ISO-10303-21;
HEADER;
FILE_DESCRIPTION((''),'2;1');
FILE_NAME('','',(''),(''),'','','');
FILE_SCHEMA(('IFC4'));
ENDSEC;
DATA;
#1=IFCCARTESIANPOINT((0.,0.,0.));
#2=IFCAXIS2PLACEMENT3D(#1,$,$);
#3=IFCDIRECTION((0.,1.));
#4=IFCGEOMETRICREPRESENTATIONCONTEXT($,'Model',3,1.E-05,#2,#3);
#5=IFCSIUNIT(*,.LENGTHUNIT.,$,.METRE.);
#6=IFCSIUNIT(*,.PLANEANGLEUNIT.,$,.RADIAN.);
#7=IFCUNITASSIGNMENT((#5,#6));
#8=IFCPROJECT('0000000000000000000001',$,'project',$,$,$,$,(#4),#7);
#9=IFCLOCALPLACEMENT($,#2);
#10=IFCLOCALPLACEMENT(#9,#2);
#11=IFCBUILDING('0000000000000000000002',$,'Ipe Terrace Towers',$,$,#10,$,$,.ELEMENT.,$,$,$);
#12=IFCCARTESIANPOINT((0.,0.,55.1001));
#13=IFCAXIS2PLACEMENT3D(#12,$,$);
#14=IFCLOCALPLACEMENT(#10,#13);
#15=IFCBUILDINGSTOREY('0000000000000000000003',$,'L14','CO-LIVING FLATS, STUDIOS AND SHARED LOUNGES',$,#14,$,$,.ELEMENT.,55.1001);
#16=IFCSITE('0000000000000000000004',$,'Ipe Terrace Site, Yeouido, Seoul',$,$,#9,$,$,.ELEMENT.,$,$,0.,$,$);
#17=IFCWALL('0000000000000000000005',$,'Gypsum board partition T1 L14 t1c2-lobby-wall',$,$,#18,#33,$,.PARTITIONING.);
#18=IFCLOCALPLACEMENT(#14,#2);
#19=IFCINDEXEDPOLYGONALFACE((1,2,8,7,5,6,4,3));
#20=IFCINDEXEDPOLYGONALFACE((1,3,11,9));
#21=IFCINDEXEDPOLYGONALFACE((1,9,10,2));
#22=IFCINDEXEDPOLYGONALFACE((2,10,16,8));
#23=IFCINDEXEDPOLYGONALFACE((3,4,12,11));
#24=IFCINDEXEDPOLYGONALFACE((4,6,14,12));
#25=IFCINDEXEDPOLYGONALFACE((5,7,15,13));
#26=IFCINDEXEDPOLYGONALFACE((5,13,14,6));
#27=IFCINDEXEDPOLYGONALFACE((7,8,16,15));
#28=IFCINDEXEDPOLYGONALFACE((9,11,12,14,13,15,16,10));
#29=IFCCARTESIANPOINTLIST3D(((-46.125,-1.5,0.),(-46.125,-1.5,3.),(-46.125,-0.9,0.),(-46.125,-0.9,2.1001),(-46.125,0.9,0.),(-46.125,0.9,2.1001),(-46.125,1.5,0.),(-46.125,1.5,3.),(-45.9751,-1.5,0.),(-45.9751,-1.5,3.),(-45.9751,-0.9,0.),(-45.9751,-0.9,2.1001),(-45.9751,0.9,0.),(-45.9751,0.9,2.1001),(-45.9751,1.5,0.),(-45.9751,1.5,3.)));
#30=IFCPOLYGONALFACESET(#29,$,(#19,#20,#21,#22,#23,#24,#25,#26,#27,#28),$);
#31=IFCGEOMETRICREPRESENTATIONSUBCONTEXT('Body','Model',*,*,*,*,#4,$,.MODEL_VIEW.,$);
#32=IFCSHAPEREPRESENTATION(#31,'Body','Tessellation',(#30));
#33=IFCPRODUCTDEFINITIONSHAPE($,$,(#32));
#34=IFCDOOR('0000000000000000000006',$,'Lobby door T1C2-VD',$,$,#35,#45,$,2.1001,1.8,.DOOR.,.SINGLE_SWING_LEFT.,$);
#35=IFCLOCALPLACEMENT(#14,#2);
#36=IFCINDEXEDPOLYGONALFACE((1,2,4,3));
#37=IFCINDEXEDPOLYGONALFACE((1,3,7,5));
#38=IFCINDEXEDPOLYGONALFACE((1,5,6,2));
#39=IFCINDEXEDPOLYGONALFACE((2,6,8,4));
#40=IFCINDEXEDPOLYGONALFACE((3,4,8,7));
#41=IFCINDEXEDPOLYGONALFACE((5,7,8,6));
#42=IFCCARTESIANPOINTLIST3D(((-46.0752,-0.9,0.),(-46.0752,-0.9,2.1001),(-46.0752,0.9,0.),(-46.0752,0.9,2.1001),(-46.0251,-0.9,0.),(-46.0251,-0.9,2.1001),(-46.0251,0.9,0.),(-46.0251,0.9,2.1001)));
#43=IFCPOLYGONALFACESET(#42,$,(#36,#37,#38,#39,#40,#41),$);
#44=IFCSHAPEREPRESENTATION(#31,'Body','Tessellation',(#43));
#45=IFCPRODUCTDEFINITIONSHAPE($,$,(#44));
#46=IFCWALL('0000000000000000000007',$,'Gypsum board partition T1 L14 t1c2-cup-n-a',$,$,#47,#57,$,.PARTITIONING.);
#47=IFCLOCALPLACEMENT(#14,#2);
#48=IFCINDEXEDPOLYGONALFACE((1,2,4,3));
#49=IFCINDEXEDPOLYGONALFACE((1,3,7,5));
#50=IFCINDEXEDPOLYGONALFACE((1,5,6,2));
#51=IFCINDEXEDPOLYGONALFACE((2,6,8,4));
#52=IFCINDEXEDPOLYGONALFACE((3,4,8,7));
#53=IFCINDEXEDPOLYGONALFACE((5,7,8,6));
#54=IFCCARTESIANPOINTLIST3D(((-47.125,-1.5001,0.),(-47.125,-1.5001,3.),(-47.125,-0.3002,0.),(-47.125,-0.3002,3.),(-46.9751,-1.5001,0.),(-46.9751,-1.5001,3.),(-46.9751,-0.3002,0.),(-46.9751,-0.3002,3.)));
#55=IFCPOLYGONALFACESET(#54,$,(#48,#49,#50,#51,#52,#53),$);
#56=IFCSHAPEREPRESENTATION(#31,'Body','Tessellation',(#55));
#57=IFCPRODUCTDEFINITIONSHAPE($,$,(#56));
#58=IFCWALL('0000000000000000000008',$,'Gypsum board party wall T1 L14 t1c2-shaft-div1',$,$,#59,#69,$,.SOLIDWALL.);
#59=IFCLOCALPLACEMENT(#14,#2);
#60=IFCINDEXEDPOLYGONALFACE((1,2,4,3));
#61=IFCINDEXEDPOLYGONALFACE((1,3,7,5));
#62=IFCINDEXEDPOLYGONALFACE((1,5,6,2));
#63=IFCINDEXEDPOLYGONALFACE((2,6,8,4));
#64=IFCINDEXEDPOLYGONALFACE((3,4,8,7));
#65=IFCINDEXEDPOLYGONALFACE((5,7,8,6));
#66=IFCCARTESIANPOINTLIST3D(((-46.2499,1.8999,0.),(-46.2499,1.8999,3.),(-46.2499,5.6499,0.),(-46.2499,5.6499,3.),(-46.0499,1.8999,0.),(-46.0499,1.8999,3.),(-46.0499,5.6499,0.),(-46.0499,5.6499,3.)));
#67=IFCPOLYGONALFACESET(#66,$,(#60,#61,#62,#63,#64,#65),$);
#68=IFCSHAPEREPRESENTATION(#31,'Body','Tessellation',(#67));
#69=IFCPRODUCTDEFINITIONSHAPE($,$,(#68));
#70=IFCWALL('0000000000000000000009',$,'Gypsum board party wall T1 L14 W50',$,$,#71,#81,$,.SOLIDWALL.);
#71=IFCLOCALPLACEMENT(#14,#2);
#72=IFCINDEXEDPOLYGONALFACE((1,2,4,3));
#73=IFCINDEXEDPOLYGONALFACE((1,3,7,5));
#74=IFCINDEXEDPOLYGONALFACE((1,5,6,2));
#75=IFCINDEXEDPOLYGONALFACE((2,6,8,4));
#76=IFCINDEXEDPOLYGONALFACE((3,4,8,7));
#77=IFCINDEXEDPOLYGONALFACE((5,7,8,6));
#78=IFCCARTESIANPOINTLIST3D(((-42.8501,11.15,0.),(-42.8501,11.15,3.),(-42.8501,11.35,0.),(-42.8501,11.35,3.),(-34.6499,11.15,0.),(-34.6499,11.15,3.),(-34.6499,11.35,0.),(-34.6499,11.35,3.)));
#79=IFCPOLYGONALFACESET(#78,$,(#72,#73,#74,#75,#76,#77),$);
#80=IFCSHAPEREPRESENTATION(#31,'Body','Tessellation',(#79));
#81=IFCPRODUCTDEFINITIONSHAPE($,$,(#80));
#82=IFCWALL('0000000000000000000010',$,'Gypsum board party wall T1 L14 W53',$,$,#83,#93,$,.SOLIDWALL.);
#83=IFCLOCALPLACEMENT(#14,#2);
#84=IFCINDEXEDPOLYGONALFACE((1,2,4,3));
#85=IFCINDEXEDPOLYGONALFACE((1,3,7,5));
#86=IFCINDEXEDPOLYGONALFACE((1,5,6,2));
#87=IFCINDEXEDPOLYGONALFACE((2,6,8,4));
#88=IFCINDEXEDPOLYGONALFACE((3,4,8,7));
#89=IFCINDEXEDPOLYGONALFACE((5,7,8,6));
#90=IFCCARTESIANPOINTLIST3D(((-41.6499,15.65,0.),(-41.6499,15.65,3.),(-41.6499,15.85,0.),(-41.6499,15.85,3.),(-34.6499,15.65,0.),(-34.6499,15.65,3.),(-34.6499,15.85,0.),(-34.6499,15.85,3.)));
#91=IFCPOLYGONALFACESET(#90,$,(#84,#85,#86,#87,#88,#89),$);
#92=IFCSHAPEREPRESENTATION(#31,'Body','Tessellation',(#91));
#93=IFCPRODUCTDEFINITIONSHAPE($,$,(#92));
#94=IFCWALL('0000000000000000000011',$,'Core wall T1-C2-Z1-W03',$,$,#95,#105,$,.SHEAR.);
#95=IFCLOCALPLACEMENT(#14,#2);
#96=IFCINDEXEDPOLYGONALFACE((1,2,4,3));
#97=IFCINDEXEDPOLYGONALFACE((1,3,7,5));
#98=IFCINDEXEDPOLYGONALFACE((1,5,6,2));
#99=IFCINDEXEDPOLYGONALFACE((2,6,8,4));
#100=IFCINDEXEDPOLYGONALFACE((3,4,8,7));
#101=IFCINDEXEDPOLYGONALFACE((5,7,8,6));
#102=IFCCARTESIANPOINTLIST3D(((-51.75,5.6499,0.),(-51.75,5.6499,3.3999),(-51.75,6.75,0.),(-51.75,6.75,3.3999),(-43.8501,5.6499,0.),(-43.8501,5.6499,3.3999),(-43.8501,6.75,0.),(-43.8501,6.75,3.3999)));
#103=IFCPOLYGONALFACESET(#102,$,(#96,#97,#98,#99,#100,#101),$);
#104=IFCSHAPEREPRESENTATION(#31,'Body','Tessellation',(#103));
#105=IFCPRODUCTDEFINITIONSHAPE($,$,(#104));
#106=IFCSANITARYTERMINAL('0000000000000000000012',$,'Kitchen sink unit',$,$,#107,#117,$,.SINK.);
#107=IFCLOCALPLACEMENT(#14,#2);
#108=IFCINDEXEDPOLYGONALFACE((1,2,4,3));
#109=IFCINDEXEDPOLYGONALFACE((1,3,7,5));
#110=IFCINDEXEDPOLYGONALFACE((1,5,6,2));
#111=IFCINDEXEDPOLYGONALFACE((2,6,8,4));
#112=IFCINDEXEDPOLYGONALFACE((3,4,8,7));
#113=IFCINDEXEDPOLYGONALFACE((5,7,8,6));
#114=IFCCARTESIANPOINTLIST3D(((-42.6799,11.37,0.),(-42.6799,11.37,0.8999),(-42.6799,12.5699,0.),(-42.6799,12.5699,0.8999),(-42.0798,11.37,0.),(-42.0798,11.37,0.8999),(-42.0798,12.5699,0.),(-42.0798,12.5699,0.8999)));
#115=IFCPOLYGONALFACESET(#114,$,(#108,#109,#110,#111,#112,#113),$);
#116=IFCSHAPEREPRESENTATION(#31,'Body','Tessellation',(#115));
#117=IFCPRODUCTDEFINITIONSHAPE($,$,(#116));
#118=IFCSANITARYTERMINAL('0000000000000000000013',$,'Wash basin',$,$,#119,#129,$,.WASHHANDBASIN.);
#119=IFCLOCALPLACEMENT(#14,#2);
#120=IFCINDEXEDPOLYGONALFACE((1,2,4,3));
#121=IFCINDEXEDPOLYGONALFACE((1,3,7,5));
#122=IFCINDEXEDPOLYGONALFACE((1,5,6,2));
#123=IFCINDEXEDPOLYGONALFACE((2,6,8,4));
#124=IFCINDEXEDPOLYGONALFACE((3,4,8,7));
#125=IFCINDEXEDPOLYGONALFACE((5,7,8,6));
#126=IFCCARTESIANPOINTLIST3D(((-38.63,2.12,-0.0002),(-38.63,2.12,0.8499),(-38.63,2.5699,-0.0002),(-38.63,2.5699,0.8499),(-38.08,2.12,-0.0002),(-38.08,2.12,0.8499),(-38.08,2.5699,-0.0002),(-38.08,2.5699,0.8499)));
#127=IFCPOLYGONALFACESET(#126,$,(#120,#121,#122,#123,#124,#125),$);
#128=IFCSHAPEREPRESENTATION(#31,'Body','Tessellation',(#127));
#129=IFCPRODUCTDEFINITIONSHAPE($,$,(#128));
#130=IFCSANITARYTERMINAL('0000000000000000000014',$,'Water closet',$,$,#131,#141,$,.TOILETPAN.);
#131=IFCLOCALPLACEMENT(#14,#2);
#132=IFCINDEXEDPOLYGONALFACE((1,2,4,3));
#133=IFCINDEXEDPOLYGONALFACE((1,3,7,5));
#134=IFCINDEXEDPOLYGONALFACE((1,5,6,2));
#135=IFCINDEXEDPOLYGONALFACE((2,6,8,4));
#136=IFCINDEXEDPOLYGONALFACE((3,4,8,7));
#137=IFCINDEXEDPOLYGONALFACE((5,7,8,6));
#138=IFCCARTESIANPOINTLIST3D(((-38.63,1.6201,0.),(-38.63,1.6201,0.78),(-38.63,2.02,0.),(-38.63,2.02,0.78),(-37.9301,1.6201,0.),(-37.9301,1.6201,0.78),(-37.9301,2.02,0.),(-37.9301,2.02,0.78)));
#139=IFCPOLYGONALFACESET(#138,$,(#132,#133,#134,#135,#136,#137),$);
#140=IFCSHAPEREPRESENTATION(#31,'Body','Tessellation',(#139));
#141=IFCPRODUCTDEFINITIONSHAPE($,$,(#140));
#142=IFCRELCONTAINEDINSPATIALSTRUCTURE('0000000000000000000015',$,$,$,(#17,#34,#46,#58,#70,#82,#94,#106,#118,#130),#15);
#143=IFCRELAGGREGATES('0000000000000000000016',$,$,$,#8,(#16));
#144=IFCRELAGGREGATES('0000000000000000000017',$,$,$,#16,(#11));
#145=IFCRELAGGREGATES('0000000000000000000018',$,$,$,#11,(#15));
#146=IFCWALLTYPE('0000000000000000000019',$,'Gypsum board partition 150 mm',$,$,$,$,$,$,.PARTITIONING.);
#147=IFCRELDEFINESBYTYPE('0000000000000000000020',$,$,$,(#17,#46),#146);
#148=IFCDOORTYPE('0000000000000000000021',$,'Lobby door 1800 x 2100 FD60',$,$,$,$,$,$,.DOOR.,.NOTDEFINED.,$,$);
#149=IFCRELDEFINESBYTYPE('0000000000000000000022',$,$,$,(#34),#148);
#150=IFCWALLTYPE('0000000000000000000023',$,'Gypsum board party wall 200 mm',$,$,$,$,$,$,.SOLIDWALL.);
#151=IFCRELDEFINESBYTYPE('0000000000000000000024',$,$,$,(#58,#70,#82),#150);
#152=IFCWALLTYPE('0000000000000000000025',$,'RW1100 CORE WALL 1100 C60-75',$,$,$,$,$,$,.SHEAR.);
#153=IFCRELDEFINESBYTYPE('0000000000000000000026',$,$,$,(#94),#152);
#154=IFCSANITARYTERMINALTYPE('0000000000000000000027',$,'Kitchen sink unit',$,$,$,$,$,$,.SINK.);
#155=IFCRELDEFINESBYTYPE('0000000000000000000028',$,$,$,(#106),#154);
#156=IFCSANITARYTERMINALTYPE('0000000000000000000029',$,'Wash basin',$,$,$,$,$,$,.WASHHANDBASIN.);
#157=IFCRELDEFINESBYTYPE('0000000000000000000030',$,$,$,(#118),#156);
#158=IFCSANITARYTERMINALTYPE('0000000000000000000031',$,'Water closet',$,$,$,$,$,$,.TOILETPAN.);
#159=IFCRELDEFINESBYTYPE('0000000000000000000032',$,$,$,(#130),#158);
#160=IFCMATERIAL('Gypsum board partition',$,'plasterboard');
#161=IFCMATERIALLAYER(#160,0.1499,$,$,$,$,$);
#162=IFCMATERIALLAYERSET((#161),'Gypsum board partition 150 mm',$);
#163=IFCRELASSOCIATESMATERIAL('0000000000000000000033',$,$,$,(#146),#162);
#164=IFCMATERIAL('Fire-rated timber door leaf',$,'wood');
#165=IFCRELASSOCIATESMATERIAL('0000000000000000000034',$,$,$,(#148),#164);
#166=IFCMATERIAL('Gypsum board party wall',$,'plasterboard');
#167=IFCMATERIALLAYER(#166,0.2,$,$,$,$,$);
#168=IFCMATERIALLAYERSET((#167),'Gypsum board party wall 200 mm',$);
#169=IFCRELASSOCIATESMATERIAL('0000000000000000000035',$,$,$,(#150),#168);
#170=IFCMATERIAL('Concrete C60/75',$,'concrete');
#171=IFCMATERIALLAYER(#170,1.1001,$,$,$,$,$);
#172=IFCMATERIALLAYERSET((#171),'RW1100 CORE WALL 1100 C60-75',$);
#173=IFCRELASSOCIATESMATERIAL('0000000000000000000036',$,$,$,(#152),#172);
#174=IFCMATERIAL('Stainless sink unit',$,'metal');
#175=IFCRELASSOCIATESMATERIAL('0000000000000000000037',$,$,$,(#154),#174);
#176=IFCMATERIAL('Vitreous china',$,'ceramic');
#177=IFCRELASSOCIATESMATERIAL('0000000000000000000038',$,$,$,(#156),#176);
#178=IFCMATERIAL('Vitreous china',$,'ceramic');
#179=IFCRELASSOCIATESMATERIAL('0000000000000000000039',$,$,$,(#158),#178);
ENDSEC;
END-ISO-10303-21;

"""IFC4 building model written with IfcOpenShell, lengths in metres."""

from ifc_helpers import new_model, si_unit, direction, frame, frame_2d, origin, origin_2d, place, context, subcontext, project, spatial, rectangle, extrude, material, layer, layer_set, type_object, element, fill, save


model = new_model("IFC4")

# Units and contexts
model_context = context("Model", 3, precision=1e-05, world=origin(), true_north=direction((0.0, 1.0)))
body_context = subcontext(model_context, "Body", "Model", "MODEL_VIEW")
ifc_project = project(units=[si_unit("LENGTHUNIT", "METRE"), si_unit("PLANEANGLEUNIT", "RADIAN")], contexts=[model_context])

# Site, building, storey
site_placement = place(None, origin())
site = spatial("IfcSite", under=ifc_project, at=site_placement, Name="Ipe Terrace Site, Yeouido, Seoul", CompositionType="ELEMENT", RefElevation=0.0)
building_placement = place(site_placement, origin())
building = spatial("IfcBuilding", under=site, at=building_placement, Name="Ipe Terrace Towers", CompositionType="ELEMENT")
storey_placement = place(building_placement, frame((0.0, 0.0, 55.1001)))
storey = spatial("IfcBuildingStorey", under=building, at=storey_placement, Name="L14", Description="CO-LIVING FLATS, STUDIOS AND SHARED LOUNGES", CompositionType="ELEMENT", Elevation=55.1001)

# Wall, opening, door
ifc_material_1 = material(Name="Gypsum board partition", Category="plasterboard")
ifc_layer_1 = layer(ifc_material_1, 0.1499)
ifc_layer_set_1 = layer_set([ifc_layer_1], Name="Gypsum board partition 150 mm")
wall_type_1 = type_object("IfcWallType", Name="Gypsum board partition 150 mm", PredefinedType="PARTITIONING", material=ifc_layer_set_1)
wall_1_placement = place(storey_placement, frame((-46.05, 1.5, 0.0), z_axis=(0.0, 0.0, 1.0), x_axis=(0.0, -1.0, 0.0)))
wall_1 = element("IfcWall", 1, at=wall_1_placement, inside=storey, type_object=wall_type_1, Name="Gypsum board partition T1 L14 t1c2-lobby-wall", PredefinedType="PARTITIONING", context=body_context, shape_type="SweptSolid", body=[
    extrude(rectangle(XDim=3.0, YDim=0.1499, at=frame_2d((1.5, 0.0))), origin(), (0.0, 0.0, 1.0), 3.0),
])
opening_1_placement = place(wall_1_placement, frame((0.6001, 0.0, 0.0)))
opening_1 = element("IfcOpeningElement", 2, at=opening_1_placement, cuts=wall_1, PredefinedType="OPENING", context=body_context, shape_type="SweptSolid", body=[
    extrude(rectangle(XDim=1.8, YDim=2.1001, at=frame_2d((0.8999, 1.05))), frame((0.0, 0.085, 0.0), z_axis=(0.0, -1.0, 0.0), x_axis=(1.0, 0.0, 0.0)), (0.0, 0.0, 1.0), 0.1699),
])
ifc_material_2 = material(Name="Fire-rated timber door leaf", Category="wood")
door_type_1 = type_object("IfcDoorType", Name="Lobby door 1800 x 2100 FD60", OperationType="NOTDEFINED", PredefinedType="DOOR", material=ifc_material_2)
door_1_placement = place(opening_1_placement, origin())
door_1 = element("IfcDoor", 3, at=door_1_placement, inside=storey, type_object=door_type_1, Name="Lobby door T1C2-VD", OperationType="SINGLE_SWING_LEFT", OverallHeight=2.1001, OverallWidth=1.8, PredefinedType="DOOR", context=body_context, shape_type="SweptSolid", body=[
    extrude(rectangle(XDim=1.8, YDim=2.1001, at=frame_2d((0.8999, 1.05))), frame((0.0, 0.0249, 0.0), z_axis=(0.0, -1.0, 0.0), x_axis=(1.0, 0.0, 0.0)), (0.0, 0.0, 1.0), 0.05),
])
fill(opening_1, door_1)

# Walls
wall_2_placement = place(storey_placement, frame((-47.05, -0.3, 0.0), z_axis=(0.0, 0.0, 1.0), x_axis=(0.0, -1.0, 0.0)))
element("IfcWall", 4, at=wall_2_placement, inside=storey, type_object=wall_type_1, Name="Gypsum board partition T1 L14 t1c2-cup-n-a", PredefinedType="PARTITIONING", context=body_context, shape_type="SweptSolid", body=[
    extrude(rectangle(XDim=1.2, YDim=0.1499, at=frame_2d((0.6001, 0.0))), origin(), (0.0, 0.0, 1.0), 3.0),
])
ifc_material_3 = material(Name="Gypsum board party wall", Category="plasterboard")
ifc_layer_2 = layer(ifc_material_3, 0.2)
ifc_layer_set_2 = layer_set([ifc_layer_2], Name="Gypsum board party wall 200 mm")
wall_type_2 = type_object("IfcWallType", Name="Gypsum board party wall 200 mm", PredefinedType="SOLIDWALL", material=ifc_layer_set_2)
wall_3_placement = place(storey_placement, frame((-46.1499, 5.6499, 0.0), z_axis=(0.0, 0.0, 1.0), x_axis=(0.0, -1.0, 0.0)))
element("IfcWall", 5, at=wall_3_placement, inside=storey, type_object=wall_type_2, Name="Gypsum board party wall T1 L14 t1c2-shaft-div1", PredefinedType="SOLIDWALL", context=body_context, shape_type="SweptSolid", body=[
    extrude(rectangle(XDim=3.75, YDim=0.2, at=frame_2d((1.875, 0.0))), origin(), (0.0, 0.0, 1.0), 3.0),
])
wall_4_placement = place(storey_placement, frame((-42.8501, 11.25, 0.0), z_axis=(0.0, 0.0, 1.0), x_axis=(1.0, 0.0, 0.0)))
element("IfcWall", 6, at=wall_4_placement, inside=storey, type_object=wall_type_2, Name="Gypsum board party wall T1 L14 W50", PredefinedType="SOLIDWALL", context=body_context, shape_type="SweptSolid", body=[
    extrude(rectangle(XDim=8.2002, YDim=0.2, at=frame_2d((4.1001, 0.0))), origin(), (0.0, 0.0, 1.0), 3.0),
])
wall_5_placement = place(storey_placement, frame((-41.6499, 15.75, 0.0), z_axis=(0.0, 0.0, 1.0), x_axis=(1.0, 0.0, 0.0)))
element("IfcWall", 7, at=wall_5_placement, inside=storey, type_object=wall_type_2, Name="Gypsum board party wall T1 L14 W53", PredefinedType="SOLIDWALL", context=body_context, shape_type="SweptSolid", body=[
    extrude(rectangle(XDim=7.0, YDim=0.2, at=frame_2d((3.5, 0.0))), origin(), (0.0, 0.0, 1.0), 3.0),
])
ifc_material_4 = material(Name="Concrete C60/75", Category="concrete")
ifc_layer_3 = layer(ifc_material_4, 1.1001)
ifc_layer_set_3 = layer_set([ifc_layer_3], Name="RW1100 CORE WALL 1100 C60-75")
wall_type_3 = type_object("IfcWallType", Name="RW1100 CORE WALL 1100 C60-75", PredefinedType="SHEAR", material=ifc_layer_set_3)
wall_6_placement = place(storey_placement, frame((-43.8501, 6.2, 0.0), z_axis=(0.0, 0.0, 1.0), x_axis=(-1.0, 0.0, 0.0)))
element("IfcWall", 8, at=wall_6_placement, inside=storey, type_object=wall_type_3, Name="Core wall T1-C2-Z1-W03", PredefinedType="SHEAR", context=body_context, shape_type="SweptSolid", body=[
    extrude(rectangle(XDim=7.8999, YDim=1.1001, at=frame_2d((3.95, 0.0))), origin(), (0.0, 0.0, 1.0), 3.3999),
])

# Sanitary terminals
ifc_material_5 = material(Name="Stainless sink unit", Category="metal")
sanitary_terminal_type_1 = type_object("IfcSanitaryTerminalType", Name="Kitchen sink unit", PredefinedType="SINK", material=ifc_material_5)
sanitary_terminal_1_placement = place(storey_placement, frame((-42.3799, 11.97, 0.0), z_axis=(0.0, 0.0, 1.0), x_axis=(0.0, 1.0, 0.0)))
element("IfcSanitaryTerminal", 9, at=sanitary_terminal_1_placement, inside=storey, type_object=sanitary_terminal_type_1, Name="Kitchen sink unit", PredefinedType="SINK", context=body_context, shape_type="SweptSolid", body=[
    extrude(rectangle(XDim=1.2, YDim=0.6001, at=origin_2d()), origin(), (0.0, 0.0, 1.0), 0.8999),
])
ifc_material_6 = material(Name="Vitreous china", Category="ceramic")
sanitary_terminal_type_2 = type_object("IfcSanitaryTerminalType", Name="Wash basin", PredefinedType="WASHHANDBASIN", material=ifc_material_6)
sanitary_terminal_2_placement = place(storey_placement, frame((-38.355, 2.345, -0.0002), z_axis=(0.0, 0.0, 1.0), x_axis=(1.0, 0.0, 0.0)))
element("IfcSanitaryTerminal", 10, at=sanitary_terminal_2_placement, inside=storey, type_object=sanitary_terminal_type_2, Name="Wash basin", PredefinedType="WASHHANDBASIN", context=body_context, shape_type="SweptSolid", body=[
    extrude(rectangle(XDim=0.55, YDim=0.45, at=origin_2d()), origin(), (0.0, 0.0, 1.0), 0.8501),
])
ifc_material_7 = material(Name="Vitreous china", Category="ceramic")
sanitary_terminal_type_3 = type_object("IfcSanitaryTerminalType", Name="Water closet", PredefinedType="TOILETPAN", material=ifc_material_7)
sanitary_terminal_3_placement = place(storey_placement, frame((-38.28, 1.8201, 0.0), z_axis=(0.0, 0.0, 1.0), x_axis=(1.0, 0.0, 0.0)))
element("IfcSanitaryTerminal", 11, at=sanitary_terminal_3_placement, inside=storey, type_object=sanitary_terminal_type_3, Name="Water closet", PredefinedType="TOILETPAN", context=body_context, shape_type="SweptSolid", body=[
    extrude(rectangle(XDim=0.7, YDim=0.3999, at=origin_2d()), origin(), (0.0, 0.0, 1.0), 0.78),
])

save(model, "model.ifc")
